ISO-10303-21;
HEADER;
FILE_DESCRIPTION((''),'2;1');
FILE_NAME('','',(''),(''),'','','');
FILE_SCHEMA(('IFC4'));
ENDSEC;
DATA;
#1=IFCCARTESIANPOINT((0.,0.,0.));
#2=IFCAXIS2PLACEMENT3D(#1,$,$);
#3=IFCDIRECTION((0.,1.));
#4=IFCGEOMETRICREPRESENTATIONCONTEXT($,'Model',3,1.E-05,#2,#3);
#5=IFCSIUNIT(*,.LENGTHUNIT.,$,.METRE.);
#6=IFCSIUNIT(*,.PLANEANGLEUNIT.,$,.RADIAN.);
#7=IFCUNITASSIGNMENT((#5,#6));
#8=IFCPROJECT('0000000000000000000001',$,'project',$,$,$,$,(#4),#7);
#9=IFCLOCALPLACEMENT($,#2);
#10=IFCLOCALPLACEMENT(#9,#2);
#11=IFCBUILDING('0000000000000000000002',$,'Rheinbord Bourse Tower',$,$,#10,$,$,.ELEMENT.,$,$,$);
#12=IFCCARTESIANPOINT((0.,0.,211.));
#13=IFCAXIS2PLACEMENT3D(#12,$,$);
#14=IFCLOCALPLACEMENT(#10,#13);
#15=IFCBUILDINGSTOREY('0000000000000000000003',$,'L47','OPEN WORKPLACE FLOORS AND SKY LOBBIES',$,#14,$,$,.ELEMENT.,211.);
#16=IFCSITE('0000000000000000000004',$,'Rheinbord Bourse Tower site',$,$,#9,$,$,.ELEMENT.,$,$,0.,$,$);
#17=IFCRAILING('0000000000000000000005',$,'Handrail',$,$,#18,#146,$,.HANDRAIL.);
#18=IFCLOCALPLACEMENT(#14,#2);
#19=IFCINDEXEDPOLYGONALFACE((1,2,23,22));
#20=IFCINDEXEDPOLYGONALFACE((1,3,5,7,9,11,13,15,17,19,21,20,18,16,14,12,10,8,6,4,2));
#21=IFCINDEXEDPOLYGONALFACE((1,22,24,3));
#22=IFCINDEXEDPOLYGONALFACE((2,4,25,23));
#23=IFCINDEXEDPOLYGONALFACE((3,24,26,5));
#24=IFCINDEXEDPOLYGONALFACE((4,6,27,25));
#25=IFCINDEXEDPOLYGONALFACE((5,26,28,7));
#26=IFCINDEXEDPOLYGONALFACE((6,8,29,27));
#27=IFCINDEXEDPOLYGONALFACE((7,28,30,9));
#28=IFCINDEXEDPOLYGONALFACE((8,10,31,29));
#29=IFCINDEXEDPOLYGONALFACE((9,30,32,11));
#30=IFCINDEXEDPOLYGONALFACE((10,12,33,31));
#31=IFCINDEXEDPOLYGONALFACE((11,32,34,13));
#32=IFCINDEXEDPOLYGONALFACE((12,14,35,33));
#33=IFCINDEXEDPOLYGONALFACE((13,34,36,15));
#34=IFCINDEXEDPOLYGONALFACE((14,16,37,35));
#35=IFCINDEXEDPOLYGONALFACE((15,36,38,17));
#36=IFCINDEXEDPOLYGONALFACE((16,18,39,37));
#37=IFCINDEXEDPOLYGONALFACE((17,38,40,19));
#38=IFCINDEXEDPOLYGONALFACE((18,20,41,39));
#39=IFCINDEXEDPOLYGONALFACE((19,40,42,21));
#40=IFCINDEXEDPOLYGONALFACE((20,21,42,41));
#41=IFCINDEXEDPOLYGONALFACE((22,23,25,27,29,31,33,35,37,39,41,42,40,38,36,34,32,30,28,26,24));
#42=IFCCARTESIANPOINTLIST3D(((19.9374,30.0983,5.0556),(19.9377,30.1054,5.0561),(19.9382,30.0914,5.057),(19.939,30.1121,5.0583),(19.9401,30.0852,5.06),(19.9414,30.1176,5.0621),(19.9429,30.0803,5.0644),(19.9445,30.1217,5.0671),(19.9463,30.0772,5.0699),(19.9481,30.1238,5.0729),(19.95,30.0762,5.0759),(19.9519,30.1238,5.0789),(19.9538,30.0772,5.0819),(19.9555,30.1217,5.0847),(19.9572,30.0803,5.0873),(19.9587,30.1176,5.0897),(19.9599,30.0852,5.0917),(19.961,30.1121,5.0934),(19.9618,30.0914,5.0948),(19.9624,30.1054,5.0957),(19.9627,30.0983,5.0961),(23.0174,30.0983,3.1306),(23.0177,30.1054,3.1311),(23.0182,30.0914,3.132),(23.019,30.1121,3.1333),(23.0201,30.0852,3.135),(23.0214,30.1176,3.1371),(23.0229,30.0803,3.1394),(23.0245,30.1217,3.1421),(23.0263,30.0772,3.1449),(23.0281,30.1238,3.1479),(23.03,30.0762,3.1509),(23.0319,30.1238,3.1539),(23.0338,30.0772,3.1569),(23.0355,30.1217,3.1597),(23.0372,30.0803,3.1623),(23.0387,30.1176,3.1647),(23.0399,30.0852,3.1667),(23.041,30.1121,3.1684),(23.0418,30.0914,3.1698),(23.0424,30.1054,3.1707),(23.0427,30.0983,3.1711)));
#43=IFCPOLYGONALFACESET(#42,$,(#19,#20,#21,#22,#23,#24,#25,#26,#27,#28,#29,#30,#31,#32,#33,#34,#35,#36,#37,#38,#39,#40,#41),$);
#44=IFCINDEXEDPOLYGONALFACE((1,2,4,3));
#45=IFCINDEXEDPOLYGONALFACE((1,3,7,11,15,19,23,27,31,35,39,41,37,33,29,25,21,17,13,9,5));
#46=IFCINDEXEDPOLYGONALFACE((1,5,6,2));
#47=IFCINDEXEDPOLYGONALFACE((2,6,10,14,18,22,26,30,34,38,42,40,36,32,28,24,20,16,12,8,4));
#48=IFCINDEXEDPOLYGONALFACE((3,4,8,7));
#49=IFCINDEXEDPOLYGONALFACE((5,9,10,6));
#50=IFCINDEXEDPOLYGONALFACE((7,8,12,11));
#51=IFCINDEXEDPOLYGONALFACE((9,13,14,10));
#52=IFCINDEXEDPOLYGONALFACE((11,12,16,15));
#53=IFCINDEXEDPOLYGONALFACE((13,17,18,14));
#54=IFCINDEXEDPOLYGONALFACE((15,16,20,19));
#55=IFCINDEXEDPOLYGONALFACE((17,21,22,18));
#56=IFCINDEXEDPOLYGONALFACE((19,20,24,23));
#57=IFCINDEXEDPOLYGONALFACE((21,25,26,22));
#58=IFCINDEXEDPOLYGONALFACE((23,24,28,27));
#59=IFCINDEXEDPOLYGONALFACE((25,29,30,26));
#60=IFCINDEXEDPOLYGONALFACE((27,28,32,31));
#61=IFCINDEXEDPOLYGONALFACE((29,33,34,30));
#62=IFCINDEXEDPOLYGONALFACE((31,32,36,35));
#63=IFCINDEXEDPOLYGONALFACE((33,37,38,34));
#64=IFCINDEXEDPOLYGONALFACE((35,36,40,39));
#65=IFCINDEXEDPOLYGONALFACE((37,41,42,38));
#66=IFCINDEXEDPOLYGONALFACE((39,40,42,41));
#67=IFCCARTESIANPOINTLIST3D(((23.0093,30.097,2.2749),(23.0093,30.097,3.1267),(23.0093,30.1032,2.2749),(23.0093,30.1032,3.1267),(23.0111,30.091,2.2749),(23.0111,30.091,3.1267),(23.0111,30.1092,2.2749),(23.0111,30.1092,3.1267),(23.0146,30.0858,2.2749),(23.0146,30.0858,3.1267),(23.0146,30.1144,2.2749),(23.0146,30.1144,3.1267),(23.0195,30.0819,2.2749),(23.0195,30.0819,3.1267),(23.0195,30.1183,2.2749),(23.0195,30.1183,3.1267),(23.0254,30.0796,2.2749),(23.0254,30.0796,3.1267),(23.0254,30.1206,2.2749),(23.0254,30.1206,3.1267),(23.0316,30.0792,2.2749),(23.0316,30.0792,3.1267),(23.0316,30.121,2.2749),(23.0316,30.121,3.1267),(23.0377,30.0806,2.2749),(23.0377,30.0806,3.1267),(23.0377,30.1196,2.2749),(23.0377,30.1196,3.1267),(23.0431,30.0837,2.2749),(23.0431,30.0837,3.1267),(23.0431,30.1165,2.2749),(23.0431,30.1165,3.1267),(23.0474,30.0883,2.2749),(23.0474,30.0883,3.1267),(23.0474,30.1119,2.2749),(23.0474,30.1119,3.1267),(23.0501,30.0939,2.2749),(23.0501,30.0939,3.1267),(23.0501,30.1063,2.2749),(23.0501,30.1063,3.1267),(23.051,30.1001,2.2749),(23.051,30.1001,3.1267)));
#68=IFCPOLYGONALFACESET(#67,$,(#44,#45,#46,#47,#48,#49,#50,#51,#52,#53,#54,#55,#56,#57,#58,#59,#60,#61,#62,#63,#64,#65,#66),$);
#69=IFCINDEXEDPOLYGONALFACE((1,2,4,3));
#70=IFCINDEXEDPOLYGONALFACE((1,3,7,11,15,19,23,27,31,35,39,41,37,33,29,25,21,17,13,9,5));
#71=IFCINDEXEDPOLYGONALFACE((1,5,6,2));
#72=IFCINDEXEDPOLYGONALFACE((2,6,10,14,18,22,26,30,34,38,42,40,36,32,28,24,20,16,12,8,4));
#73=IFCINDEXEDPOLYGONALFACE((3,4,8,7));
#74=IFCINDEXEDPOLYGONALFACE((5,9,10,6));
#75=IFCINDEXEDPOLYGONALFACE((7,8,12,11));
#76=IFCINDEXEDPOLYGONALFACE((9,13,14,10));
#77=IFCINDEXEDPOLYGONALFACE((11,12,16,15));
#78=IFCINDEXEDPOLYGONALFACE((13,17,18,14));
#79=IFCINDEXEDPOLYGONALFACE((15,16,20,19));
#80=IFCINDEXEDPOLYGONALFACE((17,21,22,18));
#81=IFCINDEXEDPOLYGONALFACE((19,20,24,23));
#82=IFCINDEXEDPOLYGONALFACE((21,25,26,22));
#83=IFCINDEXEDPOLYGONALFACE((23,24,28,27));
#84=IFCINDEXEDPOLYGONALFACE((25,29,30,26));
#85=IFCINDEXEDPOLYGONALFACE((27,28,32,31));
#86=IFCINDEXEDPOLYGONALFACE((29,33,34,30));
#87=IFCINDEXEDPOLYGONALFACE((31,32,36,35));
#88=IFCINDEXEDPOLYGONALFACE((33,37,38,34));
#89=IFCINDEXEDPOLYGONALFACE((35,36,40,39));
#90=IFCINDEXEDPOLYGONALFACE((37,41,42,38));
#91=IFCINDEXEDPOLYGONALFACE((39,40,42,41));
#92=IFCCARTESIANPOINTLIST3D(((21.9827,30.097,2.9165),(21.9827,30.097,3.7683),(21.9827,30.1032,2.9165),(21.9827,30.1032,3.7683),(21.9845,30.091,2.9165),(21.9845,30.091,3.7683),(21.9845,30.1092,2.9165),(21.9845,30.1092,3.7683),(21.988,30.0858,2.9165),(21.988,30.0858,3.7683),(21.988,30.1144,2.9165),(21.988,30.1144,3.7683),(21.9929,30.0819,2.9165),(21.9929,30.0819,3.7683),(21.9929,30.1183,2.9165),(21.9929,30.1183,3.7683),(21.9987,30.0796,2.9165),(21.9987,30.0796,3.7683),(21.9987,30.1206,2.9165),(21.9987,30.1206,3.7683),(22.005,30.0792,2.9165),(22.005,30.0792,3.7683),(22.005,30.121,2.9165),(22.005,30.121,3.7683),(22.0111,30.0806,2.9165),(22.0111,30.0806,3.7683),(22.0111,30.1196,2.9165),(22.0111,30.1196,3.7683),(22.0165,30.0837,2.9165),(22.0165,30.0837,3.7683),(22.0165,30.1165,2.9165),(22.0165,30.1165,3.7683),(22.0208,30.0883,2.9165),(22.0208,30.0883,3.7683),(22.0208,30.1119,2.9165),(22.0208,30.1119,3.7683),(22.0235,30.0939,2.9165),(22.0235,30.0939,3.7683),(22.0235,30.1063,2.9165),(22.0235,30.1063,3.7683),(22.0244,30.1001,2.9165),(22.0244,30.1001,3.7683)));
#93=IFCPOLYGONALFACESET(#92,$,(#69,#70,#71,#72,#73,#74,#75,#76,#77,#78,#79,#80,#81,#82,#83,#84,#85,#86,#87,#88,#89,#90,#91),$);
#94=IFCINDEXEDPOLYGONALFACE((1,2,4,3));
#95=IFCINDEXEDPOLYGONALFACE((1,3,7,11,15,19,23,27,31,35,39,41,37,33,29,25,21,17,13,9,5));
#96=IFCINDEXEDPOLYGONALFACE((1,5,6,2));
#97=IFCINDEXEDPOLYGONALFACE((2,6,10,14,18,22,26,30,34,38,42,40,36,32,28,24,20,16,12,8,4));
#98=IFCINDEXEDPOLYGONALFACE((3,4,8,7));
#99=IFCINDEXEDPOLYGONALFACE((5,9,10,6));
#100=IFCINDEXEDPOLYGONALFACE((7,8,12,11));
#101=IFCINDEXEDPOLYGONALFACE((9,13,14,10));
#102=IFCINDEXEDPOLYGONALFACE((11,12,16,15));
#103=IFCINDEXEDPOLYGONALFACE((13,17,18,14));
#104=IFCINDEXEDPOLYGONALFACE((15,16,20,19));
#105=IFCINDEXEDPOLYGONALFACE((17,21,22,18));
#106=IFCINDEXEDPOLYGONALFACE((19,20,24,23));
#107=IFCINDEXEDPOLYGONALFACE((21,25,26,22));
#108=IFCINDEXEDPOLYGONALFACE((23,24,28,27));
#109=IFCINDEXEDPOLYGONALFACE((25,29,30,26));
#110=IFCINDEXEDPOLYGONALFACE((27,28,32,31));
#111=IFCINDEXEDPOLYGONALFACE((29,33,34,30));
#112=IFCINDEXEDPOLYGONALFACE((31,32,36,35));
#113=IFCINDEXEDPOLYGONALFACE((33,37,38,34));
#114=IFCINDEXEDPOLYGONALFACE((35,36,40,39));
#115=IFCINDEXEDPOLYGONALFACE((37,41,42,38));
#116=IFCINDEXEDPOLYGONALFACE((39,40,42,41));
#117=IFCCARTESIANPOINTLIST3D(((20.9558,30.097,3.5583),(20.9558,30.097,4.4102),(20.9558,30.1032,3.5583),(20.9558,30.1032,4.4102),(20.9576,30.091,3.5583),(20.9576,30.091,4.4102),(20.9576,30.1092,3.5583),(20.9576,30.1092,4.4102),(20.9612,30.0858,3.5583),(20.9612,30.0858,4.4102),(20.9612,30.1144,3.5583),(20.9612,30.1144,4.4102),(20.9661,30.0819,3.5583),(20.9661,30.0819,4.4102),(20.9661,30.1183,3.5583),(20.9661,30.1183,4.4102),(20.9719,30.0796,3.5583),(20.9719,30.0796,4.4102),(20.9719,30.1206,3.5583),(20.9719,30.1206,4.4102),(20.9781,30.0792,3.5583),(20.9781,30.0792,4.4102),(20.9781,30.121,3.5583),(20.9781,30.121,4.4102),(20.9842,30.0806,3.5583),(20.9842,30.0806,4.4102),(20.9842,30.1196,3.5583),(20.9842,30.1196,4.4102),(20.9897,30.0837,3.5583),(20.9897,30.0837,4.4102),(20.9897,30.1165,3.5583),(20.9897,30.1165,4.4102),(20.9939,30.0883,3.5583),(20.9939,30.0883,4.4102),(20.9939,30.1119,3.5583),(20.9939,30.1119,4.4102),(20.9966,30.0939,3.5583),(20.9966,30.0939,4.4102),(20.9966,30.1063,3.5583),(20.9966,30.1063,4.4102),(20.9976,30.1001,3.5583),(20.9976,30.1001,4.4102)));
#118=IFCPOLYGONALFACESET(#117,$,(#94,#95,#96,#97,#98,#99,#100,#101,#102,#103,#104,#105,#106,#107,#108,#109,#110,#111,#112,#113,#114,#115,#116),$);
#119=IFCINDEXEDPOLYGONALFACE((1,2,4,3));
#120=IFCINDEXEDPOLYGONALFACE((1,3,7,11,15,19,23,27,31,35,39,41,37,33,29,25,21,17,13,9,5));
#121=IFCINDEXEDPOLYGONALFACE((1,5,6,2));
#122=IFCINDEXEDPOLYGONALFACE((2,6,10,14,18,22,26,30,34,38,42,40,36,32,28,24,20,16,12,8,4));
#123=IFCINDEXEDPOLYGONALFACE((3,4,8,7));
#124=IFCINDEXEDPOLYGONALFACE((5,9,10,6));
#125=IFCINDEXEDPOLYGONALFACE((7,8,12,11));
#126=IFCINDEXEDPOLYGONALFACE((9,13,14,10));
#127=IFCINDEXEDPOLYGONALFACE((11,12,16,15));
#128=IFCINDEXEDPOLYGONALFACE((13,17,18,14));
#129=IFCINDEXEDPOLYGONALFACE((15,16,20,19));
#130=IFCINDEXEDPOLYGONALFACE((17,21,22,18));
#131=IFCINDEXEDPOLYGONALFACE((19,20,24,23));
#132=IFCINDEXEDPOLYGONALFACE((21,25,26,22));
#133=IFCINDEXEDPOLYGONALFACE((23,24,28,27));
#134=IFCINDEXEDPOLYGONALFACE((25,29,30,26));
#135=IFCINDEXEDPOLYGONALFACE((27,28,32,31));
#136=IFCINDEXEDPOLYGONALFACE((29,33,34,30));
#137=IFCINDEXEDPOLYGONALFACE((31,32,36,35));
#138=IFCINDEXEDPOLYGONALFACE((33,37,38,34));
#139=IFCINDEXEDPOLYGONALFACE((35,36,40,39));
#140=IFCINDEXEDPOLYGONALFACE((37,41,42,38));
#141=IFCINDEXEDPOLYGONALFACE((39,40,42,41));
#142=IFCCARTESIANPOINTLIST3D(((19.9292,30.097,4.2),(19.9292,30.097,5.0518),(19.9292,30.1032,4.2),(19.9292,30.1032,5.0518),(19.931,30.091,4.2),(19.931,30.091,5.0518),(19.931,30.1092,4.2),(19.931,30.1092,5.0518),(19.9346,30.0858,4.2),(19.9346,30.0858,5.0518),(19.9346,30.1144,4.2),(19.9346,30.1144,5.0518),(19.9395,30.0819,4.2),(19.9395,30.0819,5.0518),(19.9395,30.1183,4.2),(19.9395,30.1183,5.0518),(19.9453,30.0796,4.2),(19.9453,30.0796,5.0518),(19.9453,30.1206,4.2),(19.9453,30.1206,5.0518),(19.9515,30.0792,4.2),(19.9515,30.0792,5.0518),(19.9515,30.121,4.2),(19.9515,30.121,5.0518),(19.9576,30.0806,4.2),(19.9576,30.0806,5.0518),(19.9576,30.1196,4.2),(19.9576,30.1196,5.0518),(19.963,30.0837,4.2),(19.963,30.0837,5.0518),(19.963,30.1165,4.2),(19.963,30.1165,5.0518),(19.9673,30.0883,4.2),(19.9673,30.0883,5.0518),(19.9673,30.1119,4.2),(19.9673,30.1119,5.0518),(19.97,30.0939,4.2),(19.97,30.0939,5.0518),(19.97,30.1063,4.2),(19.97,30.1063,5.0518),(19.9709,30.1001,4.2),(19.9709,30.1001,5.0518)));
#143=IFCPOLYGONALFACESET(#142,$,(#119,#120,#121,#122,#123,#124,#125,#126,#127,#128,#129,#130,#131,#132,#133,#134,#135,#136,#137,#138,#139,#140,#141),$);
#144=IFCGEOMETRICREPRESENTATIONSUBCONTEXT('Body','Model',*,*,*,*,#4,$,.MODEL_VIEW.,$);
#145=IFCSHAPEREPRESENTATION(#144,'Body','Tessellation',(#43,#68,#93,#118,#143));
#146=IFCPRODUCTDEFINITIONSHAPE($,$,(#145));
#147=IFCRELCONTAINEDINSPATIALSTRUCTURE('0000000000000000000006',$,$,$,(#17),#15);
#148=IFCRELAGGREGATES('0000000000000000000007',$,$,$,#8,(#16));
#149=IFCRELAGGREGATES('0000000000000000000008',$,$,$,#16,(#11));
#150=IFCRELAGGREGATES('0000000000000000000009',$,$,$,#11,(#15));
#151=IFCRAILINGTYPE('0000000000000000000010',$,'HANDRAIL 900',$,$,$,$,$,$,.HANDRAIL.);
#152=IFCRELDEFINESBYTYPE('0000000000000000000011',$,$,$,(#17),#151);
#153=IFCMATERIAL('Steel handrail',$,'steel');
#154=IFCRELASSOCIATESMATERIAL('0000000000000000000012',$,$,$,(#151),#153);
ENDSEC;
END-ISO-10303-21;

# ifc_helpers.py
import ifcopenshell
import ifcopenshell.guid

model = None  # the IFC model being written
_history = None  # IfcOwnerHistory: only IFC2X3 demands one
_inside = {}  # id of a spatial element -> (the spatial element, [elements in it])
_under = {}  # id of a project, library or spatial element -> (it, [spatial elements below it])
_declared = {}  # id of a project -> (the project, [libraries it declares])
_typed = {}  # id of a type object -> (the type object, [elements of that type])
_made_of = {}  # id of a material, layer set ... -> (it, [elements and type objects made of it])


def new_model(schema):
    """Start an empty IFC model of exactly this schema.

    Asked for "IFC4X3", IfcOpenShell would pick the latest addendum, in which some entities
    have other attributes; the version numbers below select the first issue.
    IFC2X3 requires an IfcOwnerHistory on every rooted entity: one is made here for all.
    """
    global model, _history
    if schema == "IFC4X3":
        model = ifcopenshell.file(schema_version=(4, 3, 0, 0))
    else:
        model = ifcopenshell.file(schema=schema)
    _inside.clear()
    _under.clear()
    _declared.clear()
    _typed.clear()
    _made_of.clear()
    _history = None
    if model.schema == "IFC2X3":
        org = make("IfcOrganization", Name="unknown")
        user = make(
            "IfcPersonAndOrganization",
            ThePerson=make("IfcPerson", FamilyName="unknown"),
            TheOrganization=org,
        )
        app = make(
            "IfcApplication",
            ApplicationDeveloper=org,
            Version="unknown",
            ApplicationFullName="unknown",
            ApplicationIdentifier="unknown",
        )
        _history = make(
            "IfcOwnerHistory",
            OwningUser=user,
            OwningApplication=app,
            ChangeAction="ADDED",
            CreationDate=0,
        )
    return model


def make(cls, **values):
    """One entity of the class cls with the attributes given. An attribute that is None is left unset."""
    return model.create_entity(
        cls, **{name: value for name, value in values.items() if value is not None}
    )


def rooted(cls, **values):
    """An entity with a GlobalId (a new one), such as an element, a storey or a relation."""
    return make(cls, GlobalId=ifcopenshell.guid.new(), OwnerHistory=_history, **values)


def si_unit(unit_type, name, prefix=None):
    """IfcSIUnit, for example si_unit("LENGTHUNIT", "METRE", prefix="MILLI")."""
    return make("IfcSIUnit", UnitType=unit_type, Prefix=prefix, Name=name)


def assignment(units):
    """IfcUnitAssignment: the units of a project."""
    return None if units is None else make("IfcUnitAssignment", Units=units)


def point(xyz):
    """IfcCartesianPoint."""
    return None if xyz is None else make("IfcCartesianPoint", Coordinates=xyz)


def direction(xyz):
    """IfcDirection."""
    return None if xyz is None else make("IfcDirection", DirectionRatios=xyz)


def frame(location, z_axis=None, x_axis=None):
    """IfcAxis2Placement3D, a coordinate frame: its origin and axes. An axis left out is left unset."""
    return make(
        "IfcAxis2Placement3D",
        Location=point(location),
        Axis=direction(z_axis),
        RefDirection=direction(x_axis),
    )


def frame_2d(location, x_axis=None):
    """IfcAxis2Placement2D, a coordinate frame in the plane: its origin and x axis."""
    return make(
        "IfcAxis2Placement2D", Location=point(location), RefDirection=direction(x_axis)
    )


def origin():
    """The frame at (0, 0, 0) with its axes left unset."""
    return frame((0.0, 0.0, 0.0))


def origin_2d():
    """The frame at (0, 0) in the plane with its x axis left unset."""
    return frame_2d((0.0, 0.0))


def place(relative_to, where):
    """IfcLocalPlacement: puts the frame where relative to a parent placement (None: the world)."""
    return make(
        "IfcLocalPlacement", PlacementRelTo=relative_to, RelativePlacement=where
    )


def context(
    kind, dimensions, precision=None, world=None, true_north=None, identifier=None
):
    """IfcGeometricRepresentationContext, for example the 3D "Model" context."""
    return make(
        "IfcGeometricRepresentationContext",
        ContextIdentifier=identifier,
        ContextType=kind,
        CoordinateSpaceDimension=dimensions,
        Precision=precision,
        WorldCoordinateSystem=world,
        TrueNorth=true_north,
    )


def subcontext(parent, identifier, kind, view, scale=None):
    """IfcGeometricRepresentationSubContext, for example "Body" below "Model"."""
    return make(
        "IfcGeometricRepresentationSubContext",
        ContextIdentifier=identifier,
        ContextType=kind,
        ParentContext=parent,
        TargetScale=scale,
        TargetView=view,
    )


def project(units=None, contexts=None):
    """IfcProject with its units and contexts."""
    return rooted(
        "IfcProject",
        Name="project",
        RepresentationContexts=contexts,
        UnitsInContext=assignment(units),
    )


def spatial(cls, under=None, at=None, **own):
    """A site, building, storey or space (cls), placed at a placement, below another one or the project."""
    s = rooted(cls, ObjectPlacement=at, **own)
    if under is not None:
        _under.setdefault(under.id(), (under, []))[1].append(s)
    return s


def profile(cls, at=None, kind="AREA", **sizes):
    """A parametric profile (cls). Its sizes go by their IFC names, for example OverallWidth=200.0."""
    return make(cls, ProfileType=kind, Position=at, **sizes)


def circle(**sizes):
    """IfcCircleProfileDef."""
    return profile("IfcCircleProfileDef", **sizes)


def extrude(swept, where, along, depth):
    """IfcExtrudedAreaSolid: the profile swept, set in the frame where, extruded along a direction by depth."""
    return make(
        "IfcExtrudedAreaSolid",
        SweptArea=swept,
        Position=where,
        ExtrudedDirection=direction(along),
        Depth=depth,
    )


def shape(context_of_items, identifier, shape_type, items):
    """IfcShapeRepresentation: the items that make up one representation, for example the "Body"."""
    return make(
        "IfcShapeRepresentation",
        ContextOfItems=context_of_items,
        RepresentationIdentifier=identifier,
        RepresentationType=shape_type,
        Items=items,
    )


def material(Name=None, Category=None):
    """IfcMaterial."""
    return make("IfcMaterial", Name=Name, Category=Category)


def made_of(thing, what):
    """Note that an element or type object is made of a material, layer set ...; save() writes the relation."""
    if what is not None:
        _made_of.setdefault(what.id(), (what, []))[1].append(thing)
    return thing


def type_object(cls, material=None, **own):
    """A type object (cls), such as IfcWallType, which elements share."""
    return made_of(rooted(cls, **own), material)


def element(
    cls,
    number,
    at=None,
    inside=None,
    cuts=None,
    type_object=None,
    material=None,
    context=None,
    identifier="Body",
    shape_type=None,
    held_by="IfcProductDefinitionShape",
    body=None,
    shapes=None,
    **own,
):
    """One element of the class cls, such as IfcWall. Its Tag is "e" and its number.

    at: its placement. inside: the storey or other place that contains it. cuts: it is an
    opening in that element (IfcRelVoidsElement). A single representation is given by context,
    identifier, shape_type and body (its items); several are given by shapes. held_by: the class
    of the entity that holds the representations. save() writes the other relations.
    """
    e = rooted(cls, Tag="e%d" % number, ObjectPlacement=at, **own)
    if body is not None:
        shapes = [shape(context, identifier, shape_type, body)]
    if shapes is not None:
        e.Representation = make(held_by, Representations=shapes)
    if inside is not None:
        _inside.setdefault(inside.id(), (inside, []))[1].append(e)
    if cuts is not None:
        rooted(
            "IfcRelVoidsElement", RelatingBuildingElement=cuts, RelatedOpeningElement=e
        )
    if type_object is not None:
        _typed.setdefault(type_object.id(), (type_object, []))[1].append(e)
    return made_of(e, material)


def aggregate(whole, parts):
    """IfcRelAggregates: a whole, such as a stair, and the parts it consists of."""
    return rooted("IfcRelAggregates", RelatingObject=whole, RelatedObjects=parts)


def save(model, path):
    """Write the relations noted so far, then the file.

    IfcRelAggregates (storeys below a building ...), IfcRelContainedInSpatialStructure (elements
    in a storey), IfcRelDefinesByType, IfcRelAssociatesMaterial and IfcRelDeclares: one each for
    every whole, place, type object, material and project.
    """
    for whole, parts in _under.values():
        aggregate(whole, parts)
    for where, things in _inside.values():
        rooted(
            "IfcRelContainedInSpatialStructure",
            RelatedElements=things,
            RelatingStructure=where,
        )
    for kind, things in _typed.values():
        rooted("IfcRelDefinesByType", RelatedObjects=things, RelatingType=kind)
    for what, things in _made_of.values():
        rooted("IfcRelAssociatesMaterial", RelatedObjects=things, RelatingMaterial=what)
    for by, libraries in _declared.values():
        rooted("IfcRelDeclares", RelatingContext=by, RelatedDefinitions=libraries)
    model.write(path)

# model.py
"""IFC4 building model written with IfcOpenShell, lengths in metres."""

from ifc_helpers import new_model, si_unit, direction, frame, origin, origin_2d, place, context, subcontext, project, spatial, circle, extrude, material, type_object, element, save


model = new_model("IFC4")

# Units and contexts
model_context = context("Model", 3, precision=1e-05, world=origin(), true_north=direction((0.0, 1.0)))
body_context = subcontext(model_context, "Body", "Model", "MODEL_VIEW")
ifc_project = project(units=[si_unit("LENGTHUNIT", "METRE"), si_unit("PLANEANGLEUNIT", "RADIAN")], contexts=[model_context])

# Site, building, storey
site_placement = place(None, origin())
site = spatial("IfcSite", under=ifc_project, at=site_placement, Name="Rheinbord Bourse Tower site", CompositionType="ELEMENT", RefElevation=0.0)
building_placement = place(site_placement, origin())
building = spatial("IfcBuilding", under=site, at=building_placement, Name="Rheinbord Bourse Tower", CompositionType="ELEMENT")
storey_placement = place(building_placement, frame((0.0, 0.0, 211.0)))
storey = spatial("IfcBuildingStorey", under=building, at=storey_placement, Name="L47", Description="OPEN WORKPLACE FLOORS AND SKY LOBBIES", CompositionType="ELEMENT", Elevation=211.0)

# Railing
ifc_material_1 = material(Name="Steel handrail", Category="steel")
railing_type = type_object("IfcRailingType", Name="HANDRAIL 900", PredefinedType="HANDRAIL", material=ifc_material_1)
railing_1_placement = place(storey_placement, frame((23.03, 30.1001, 2.2749)))
element("IfcRailing", 1, at=railing_1_placement, inside=storey, type_object=railing_type, Name="Handrail", PredefinedType="HANDRAIL", context=body_context, shape_type="SweptSolid", body=[
    extrude(circle(Radius=0.0239, at=origin_2d()), frame((0.0, 0.0, 0.876), z_axis=(-0.847998, 0.0, 0.529999), x_axis=(0.0, -1.0, 0.0)), (0.0, 0.0, 1.0), 3.6321),
    extrude(circle(Radius=0.021, at=origin_2d()), origin(), (0.0, 0.0, 1.0), 0.8518),
    extrude(circle(Radius=0.021, at=origin_2d()), frame((-1.0266, 0.0, 0.6416)), (0.0, 0.0, 1.0), 0.8518),
    extrude(circle(Radius=0.021, at=origin_2d()), frame((-2.0535, 0.0, 1.2834)), (0.0, 0.0, 1.0), 0.8518),
    extrude(circle(Radius=0.021, at=origin_2d()), frame((-3.0801, 0.0, 1.925)), (0.0, 0.0, 1.0), 0.8518),
])

save(model, "model.ifc")
